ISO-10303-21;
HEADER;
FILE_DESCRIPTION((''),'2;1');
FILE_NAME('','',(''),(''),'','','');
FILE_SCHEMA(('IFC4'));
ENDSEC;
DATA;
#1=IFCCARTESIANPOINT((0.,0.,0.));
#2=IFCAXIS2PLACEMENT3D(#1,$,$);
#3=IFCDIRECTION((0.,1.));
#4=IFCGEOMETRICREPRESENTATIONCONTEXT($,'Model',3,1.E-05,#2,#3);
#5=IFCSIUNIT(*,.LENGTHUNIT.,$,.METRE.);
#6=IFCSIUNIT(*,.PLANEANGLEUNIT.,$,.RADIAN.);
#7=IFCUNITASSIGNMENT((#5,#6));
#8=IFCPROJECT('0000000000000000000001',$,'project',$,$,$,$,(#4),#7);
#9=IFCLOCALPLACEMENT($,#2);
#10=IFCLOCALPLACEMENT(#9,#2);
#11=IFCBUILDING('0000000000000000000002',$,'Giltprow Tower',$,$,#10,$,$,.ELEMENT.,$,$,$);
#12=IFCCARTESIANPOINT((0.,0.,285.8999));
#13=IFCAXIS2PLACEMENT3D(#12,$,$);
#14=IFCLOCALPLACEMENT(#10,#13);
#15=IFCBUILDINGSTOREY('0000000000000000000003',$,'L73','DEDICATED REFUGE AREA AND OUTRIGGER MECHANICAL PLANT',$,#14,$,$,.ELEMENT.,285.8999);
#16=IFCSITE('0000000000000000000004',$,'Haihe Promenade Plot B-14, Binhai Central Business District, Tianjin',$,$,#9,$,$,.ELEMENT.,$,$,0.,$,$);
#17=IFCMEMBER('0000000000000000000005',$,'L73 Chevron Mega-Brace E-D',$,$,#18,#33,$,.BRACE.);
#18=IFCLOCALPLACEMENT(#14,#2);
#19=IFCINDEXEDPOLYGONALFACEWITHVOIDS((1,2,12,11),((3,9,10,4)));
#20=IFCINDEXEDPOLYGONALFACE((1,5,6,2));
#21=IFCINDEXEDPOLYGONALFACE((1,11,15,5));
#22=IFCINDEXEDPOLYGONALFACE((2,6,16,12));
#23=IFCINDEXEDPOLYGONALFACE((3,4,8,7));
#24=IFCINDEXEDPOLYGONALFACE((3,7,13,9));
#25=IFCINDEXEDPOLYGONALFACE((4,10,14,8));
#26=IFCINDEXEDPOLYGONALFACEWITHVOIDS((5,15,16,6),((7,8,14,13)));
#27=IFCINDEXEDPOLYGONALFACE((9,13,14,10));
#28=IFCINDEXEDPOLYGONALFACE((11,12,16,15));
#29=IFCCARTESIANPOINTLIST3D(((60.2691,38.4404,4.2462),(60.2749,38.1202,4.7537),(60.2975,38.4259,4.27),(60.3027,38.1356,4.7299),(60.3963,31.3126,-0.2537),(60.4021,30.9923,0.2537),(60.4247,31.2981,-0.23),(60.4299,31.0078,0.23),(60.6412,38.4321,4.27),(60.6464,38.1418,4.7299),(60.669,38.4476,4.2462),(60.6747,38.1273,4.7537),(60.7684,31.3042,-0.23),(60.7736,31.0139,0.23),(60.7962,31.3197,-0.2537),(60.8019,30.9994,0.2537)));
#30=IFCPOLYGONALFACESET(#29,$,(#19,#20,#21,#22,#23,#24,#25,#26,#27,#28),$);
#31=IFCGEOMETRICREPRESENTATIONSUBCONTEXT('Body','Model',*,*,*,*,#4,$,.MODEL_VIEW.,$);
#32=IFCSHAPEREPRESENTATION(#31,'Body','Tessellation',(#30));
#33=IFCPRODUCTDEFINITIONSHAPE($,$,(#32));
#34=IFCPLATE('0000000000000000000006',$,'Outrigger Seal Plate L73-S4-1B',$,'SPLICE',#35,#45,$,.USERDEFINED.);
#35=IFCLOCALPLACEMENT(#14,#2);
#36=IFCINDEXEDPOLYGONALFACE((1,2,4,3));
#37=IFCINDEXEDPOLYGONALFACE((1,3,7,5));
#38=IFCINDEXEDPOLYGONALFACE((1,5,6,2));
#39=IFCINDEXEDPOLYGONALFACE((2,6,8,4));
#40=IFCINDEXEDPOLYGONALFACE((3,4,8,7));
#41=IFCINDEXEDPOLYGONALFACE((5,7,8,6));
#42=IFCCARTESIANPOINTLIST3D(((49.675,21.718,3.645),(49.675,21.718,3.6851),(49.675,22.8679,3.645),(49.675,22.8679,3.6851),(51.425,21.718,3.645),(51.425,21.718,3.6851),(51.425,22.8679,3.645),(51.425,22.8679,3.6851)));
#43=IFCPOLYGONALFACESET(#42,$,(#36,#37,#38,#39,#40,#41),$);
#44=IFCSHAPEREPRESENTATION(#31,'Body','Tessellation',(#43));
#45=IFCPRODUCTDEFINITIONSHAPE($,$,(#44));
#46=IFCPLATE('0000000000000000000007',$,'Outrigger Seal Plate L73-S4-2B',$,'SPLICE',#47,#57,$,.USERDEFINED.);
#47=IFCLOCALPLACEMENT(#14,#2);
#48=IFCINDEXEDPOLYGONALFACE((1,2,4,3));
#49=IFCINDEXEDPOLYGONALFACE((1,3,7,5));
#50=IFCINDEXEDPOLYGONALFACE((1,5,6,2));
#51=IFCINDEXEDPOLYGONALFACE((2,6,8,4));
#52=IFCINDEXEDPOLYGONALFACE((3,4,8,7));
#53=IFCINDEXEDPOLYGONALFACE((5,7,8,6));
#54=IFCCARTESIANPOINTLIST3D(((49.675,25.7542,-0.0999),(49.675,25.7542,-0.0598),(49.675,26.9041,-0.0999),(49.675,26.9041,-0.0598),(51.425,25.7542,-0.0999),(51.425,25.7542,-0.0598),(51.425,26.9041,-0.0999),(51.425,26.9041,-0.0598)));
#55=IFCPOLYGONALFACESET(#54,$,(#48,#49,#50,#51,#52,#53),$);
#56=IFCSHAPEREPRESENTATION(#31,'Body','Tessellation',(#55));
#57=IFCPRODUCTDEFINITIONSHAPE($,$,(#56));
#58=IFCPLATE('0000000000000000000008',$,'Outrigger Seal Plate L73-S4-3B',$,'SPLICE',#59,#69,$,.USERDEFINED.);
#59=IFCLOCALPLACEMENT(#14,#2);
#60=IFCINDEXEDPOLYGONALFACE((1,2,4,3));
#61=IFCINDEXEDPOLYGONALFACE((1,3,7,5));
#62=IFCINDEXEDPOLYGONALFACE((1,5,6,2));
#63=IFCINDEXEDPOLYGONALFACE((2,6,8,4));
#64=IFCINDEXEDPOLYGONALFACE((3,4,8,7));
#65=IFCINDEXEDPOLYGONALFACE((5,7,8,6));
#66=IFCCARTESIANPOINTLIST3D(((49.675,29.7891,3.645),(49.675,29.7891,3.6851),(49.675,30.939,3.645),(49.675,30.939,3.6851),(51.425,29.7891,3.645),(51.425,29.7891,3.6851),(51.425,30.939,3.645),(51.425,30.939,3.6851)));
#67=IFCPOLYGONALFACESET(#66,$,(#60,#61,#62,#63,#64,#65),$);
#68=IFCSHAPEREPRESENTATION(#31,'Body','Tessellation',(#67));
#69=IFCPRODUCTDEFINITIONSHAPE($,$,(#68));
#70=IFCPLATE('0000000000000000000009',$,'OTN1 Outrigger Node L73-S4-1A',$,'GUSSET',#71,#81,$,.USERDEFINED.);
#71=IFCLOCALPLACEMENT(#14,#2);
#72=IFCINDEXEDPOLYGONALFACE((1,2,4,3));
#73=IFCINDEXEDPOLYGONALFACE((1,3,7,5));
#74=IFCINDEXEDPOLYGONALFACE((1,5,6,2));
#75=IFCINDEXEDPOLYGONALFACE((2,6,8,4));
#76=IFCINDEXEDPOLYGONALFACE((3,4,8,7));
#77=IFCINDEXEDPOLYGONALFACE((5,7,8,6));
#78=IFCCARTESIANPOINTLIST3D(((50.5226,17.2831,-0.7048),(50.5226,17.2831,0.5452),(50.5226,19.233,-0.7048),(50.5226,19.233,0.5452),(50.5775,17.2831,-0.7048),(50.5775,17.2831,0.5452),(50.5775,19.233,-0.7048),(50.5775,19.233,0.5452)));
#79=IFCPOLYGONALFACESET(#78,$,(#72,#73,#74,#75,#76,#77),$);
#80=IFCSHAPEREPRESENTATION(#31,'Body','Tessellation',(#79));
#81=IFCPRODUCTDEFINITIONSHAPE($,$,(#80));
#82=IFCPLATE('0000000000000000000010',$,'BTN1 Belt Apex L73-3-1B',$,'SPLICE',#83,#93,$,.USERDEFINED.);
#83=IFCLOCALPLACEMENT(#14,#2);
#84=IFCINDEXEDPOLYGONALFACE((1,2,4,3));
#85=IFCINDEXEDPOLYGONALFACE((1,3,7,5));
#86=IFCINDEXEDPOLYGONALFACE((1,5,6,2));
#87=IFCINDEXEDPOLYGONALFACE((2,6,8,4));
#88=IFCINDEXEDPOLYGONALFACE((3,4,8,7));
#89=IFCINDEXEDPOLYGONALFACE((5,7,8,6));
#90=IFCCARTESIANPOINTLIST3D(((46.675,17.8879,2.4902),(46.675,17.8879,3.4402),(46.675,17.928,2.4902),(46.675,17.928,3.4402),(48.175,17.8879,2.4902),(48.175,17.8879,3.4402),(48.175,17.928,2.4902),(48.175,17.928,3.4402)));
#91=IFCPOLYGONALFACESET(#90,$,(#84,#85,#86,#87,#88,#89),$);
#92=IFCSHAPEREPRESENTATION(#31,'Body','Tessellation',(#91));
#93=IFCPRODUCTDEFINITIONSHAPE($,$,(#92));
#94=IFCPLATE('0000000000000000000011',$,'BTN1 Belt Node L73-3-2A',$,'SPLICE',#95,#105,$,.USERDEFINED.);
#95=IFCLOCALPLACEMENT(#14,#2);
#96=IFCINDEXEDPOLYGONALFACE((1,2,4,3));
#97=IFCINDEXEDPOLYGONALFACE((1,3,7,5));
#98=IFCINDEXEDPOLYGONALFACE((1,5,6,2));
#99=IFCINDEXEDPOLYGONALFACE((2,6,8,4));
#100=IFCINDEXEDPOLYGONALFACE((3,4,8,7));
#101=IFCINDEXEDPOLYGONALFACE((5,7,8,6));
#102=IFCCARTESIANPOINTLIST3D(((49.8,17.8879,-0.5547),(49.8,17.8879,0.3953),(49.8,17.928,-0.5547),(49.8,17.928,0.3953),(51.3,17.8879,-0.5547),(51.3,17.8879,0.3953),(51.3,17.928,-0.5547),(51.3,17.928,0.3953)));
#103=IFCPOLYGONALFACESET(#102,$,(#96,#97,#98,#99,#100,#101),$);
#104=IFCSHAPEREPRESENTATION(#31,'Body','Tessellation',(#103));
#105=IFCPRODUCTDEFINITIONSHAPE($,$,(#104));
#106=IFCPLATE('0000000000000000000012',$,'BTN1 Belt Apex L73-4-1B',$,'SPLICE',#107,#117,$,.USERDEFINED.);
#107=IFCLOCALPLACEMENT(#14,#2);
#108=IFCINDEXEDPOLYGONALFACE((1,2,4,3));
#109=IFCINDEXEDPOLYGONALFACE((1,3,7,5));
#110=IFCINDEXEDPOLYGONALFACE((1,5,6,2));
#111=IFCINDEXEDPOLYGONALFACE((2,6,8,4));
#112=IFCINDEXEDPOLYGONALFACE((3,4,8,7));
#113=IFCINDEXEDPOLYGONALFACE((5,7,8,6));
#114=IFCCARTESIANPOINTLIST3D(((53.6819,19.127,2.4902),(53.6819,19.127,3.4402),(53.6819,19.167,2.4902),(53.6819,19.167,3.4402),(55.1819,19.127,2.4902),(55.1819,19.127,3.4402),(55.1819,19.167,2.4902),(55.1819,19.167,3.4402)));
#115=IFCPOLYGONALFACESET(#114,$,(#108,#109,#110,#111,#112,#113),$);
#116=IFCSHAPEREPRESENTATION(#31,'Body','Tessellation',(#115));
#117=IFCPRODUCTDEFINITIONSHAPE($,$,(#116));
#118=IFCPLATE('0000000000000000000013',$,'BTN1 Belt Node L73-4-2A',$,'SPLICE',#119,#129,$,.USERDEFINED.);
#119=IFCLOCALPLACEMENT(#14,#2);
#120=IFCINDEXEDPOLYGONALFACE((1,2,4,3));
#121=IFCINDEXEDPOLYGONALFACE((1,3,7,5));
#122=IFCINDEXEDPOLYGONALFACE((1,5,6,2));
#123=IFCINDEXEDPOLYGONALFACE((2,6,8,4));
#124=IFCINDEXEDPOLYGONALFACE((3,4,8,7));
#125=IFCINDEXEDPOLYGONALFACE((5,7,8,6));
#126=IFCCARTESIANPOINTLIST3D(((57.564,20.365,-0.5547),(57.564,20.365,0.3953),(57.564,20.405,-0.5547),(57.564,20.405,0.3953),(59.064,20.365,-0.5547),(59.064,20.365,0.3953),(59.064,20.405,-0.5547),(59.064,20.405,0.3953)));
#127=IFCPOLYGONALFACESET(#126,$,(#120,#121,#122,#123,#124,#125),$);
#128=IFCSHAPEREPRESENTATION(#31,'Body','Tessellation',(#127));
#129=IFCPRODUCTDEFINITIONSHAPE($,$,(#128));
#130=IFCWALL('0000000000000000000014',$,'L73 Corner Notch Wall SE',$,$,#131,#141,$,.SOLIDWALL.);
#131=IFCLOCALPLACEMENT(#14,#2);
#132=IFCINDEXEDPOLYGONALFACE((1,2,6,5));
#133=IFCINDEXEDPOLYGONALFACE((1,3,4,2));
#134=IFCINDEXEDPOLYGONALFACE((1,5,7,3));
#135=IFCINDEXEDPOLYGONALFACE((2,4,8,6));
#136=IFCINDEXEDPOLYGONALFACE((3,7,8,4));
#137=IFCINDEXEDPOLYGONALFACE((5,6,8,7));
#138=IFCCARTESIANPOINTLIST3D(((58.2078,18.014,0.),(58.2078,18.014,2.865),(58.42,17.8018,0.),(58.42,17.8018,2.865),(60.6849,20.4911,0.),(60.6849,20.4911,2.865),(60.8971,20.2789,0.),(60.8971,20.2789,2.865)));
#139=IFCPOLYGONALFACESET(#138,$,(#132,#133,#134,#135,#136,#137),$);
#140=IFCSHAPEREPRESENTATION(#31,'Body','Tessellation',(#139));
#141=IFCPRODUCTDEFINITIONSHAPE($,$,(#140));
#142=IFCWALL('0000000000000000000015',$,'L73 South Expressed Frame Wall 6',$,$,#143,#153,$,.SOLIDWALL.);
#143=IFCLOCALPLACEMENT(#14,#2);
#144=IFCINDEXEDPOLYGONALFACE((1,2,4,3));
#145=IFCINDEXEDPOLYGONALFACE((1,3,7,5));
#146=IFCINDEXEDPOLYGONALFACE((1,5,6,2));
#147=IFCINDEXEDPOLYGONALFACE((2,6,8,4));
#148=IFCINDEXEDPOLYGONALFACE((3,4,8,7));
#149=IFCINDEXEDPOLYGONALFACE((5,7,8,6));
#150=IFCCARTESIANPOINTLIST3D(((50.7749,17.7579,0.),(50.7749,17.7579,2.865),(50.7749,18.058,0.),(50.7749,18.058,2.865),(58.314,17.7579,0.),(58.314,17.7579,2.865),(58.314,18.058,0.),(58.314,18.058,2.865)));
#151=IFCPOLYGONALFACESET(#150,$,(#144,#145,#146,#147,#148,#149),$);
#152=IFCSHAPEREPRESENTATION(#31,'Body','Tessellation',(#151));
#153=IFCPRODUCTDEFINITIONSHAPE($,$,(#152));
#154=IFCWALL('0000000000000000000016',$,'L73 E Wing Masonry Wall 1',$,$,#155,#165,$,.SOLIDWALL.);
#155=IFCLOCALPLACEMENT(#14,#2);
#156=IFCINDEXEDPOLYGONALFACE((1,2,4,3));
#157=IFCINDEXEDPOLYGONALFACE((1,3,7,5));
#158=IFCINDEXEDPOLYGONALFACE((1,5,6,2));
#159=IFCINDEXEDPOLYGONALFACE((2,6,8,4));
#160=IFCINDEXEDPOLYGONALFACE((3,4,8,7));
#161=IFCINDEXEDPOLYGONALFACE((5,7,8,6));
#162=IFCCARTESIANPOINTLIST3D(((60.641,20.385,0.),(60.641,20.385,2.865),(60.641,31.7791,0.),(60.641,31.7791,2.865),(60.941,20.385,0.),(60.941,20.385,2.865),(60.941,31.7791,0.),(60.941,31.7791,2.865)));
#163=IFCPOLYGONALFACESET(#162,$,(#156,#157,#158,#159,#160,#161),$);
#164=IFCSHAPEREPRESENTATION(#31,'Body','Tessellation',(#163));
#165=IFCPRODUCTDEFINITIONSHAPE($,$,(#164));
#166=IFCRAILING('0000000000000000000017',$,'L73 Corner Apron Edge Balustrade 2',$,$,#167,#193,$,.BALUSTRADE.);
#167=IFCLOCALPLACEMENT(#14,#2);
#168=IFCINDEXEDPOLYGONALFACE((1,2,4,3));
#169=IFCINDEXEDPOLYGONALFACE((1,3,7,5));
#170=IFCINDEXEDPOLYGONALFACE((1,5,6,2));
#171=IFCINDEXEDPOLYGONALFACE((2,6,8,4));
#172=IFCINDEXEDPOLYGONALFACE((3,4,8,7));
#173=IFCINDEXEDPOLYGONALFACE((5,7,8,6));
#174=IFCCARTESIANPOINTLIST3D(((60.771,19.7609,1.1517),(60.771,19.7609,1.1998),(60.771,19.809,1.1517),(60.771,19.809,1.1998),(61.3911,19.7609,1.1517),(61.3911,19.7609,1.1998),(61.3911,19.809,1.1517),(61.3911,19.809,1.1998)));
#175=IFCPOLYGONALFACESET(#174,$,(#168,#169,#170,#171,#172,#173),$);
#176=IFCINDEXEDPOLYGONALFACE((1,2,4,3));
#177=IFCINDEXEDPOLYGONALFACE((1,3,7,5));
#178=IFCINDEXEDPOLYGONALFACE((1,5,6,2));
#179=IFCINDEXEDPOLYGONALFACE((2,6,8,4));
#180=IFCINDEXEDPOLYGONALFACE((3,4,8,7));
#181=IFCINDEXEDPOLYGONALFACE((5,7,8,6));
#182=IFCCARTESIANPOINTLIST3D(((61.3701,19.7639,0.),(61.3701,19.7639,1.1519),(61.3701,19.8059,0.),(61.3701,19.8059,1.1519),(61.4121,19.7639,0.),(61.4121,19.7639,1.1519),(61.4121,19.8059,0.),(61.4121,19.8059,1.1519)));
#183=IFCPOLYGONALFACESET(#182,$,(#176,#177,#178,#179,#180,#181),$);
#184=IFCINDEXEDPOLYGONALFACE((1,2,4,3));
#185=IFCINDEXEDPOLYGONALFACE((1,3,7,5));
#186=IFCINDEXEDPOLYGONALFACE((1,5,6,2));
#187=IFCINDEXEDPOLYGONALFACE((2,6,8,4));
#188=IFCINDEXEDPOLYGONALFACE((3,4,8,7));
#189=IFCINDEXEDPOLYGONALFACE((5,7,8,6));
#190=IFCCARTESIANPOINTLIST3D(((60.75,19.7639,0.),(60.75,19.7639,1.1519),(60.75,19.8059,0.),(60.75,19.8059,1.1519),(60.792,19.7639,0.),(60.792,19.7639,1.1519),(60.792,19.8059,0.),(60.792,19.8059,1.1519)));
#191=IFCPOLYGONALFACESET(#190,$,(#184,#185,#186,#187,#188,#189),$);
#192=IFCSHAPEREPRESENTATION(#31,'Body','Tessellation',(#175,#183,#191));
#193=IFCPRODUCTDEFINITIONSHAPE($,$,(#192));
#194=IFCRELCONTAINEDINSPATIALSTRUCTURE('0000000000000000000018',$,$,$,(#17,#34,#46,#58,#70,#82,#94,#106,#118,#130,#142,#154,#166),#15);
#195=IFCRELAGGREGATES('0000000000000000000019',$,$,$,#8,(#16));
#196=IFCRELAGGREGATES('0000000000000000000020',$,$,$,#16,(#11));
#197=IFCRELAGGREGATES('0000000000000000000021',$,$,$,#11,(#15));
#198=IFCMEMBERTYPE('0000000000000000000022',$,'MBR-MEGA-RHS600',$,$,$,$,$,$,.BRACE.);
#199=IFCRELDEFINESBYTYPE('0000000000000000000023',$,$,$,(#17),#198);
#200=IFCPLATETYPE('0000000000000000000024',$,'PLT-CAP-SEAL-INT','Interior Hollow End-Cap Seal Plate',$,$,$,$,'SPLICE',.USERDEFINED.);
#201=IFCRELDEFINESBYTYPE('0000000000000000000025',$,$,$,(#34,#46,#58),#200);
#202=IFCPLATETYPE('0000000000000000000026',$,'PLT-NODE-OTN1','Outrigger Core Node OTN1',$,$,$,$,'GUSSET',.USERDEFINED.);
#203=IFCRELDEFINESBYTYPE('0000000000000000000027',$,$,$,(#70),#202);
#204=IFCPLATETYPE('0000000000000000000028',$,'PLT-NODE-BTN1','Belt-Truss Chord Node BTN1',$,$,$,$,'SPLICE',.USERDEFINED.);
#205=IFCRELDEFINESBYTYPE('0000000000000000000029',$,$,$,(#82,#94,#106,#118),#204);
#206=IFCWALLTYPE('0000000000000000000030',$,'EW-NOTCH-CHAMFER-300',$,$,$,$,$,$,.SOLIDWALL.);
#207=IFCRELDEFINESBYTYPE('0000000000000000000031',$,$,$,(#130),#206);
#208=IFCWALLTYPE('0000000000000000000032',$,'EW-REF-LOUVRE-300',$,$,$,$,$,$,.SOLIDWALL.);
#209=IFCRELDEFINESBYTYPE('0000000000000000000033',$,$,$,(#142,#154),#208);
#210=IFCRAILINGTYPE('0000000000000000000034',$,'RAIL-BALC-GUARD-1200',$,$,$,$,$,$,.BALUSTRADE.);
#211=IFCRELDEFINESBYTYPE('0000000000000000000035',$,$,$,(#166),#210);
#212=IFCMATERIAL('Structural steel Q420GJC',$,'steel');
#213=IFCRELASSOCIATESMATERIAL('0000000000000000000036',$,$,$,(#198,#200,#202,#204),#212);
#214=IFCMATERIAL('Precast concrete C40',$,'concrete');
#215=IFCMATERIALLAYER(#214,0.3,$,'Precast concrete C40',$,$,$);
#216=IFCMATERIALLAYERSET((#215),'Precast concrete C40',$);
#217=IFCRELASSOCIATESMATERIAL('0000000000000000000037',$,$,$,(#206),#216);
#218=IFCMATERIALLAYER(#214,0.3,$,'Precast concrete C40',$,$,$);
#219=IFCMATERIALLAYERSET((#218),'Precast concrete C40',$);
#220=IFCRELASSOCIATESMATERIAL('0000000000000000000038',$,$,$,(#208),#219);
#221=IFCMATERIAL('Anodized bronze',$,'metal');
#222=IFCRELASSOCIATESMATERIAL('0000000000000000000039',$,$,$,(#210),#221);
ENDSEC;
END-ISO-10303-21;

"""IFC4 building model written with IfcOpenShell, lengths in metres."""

from ifc_helpers import new_model, si_unit, direction, frame, frame_2d, origin, origin_2d, place, context, subcontext, project, spatial, rectangle, hollow_rectangle, extrude, source, transform, mapped, material, layer, layer_set, material_profile, profile_set, type_object, element, save


model = new_model("IFC4")

# Units and contexts
model_context = context("Model", 3, precision=1e-05, world=origin(), true_north=direction((0.0, 1.0)))
body_context = subcontext(model_context, "Body", "Model", "MODEL_VIEW")
ifc_project = project(units=[si_unit("LENGTHUNIT", "METRE"), si_unit("PLANEANGLEUNIT", "RADIAN")], contexts=[model_context])

# Site, building, storey
site_placement = place(None, origin())
site = spatial("IfcSite", under=ifc_project, at=site_placement, Name="Haihe Promenade Plot B-14, Binhai Central Business District, Tianjin", CompositionType="ELEMENT", RefElevation=0.0)
building_placement = place(site_placement, origin())
building = spatial("IfcBuilding", under=site, at=building_placement, Name="Giltprow Tower", CompositionType="ELEMENT")
storey_placement = place(building_placement, frame((0.0, 0.0, 285.8999)))
storey = spatial("IfcBuildingStorey", under=building, at=storey_placement, Name="L73", Description="DEDICATED REFUGE AREA AND OUTRIGGER MECHANICAL PLANT", CompositionType="ELEMENT", Elevation=285.8999)

# Shared definitions
ifc_material_1 = material(Name="Structural steel Q420GJC", Category="steel")

# Member
ifc_material_profile_1 = material_profile(ifc_material_1, hollow_rectangle(XDim=0.3999, YDim=0.6001, WallThickness=0.0281, at=origin_2d()), Name="RHS 600x400x28")
ifc_profile_set_1 = profile_set([ifc_material_profile_1], Name="Structural steel Q420GJC")
member_type_1 = type_object("IfcMemberType", Name="MBR-MEGA-RHS600", PredefinedType="BRACE", material=ifc_profile_set_1)
shared_shape_1 = source(origin(), body_context, "Body", "SweptSolid", [
    extrude(hollow_rectangle(XDim=0.3999, YDim=0.6001, WallThickness=0.0281, at=origin_2d()), origin(), (0.0, 0.0, 1.0), 8.4304),
])
member_1_placement = place(storey_placement, frame((60.5991, 31.156, 0.0), z_axis=(-0.015088, 0.845492, 0.533775), x_axis=(-0.999841, -0.017842, 0.0)))
element("IfcMember", 1, at=member_1_placement, inside=storey, type_object=member_type_1, Name="L73 Chevron Mega-Brace E-D", PredefinedType="BRACE", context=body_context, shape_type="MappedRepresentation", body=[
    mapped(shared_shape_1, transform((0.0, 0.0, 0.0), x_axis=(1.0, 0.0, 0.0), y_axis=(0.0, 1.0, 0.0), z_axis=(0.0, 0.0, 1.0), scale=1.0)),
])

# Plates
plate_type_1 = type_object("IfcPlateType", Name="PLT-CAP-SEAL-INT", Description="Interior Hollow End-Cap Seal Plate", ElementType="SPLICE", PredefinedType="USERDEFINED", material=ifc_material_1)
shared_shape_2 = source(origin(), body_context, "Body", "SweptSolid", [
    extrude(rectangle(XDim=1.75, YDim=1.1499, at=origin_2d()), origin(), (0.0, 0.0, 1.0), 0.04),
])
for number, where, z_axis, x_axis, name in (
    (2, (50.55, 22.293, 3.645), (0.0, 0.0, 1.0), (1.0, 0.0, 0.0), "Outrigger Seal Plate L73-S4-1B"),
    (3, (50.55, 26.3291, -0.0999), (0.0, 0.0, 1.0), (1.0, 0.0, 0.0), "Outrigger Seal Plate L73-S4-2B"),
    (4, (50.55, 30.364, 3.645), (0.0, 0.0, 1.0), (1.0, 0.0, 0.0), "Outrigger Seal Plate L73-S4-3B"),
):
    element("IfcPlate", number, at=place(storey_placement, frame(where, z_axis=z_axis, x_axis=x_axis)), inside=storey, type_object=plate_type_1, Name=name, ObjectType="SPLICE", PredefinedType="USERDEFINED", context=body_context, shape_type="MappedRepresentation", body=[
        mapped(shared_shape_2, transform((0.0, 0.0, 0.0), x_axis=(1.0, 0.0, 0.0), y_axis=(0.0, 1.0, 0.0), z_axis=(0.0, 0.0, 1.0), scale=1.0)),
    ])
plate_type_2 = type_object("IfcPlateType", Name="PLT-NODE-OTN1", Description="Outrigger Core Node OTN1", ElementType="GUSSET", PredefinedType="USERDEFINED", material=ifc_material_1)
shared_shape_3 = source(origin(), body_context, "Body", "SweptSolid", [
    extrude(rectangle(XDim=1.95, YDim=0.0549, at=origin_2d()), origin(), (0.0, 0.0, 1.0), 1.25),
])
plate_placement = place(storey_placement, frame((50.55, 18.2581, -0.7048), z_axis=(0.0, 0.0, 1.0), x_axis=(0.0, 1.0, 0.0)))
element("IfcPlate", 5, at=plate_placement, inside=storey, type_object=plate_type_2, Name="OTN1 Outrigger Node L73-S4-1A", ObjectType="GUSSET", PredefinedType="USERDEFINED", context=body_context, shape_type="MappedRepresentation", body=[
    mapped(shared_shape_3, transform((0.0, 0.0, 0.0), x_axis=(1.0, 0.0, 0.0), y_axis=(0.0, 1.0, 0.0), z_axis=(0.0, 0.0, 1.0), scale=1.0)),
])
plate_type_3 = type_object("IfcPlateType", Name="PLT-NODE-BTN1", Description="Belt-Truss Chord Node BTN1", ElementType="SPLICE", PredefinedType="USERDEFINED", material=ifc_material_1)
shared_shape_4 = source(origin(), body_context, "Body", "SweptSolid", [
    extrude(rectangle(XDim=1.5, YDim=0.04, at=origin_2d()), origin(), (0.0, 0.0, 1.0), 0.95),
])
for number, where, z_axis, x_axis, name in (
    (6, (47.425, 17.908, 2.4902), (0.0, 0.0, 1.0), (1.0, 0.0, 0.0), "BTN1 Belt Apex L73-3-1B"),
    (7, (50.55, 17.908, -0.5547), (0.0, 0.0, 1.0), (1.0, 0.0, 0.0), "BTN1 Belt Node L73-3-2A"),
    (8, (54.4319, 19.147, 2.4902), (0.0, 0.0, 1.0), (1.0, 0.0, 0.0), "BTN1 Belt Apex L73-4-1B"),
    (9, (58.314, 20.385, -0.5547), (0.0, 0.0, 1.0), (1.0, 0.0, 0.0), "BTN1 Belt Node L73-4-2A"),
):
    element("IfcPlate", number, at=place(storey_placement, frame(where, z_axis=z_axis, x_axis=x_axis)), inside=storey, type_object=plate_type_3, Name=name, ObjectType="SPLICE", PredefinedType="USERDEFINED", context=body_context, shape_type="MappedRepresentation", body=[
        mapped(shared_shape_4, transform((0.0, 0.0, 0.0), x_axis=(1.0, 0.0, 0.0), y_axis=(0.0, 1.0, 0.0), z_axis=(0.0, 0.0, 1.0), scale=1.0)),
    ])

# Walls
ifc_material_2 = material(Name="Precast concrete C40", Category="concrete")
ifc_layer_1 = layer(ifc_material_2, 0.3, Name="Precast concrete C40")
ifc_layer_set_1 = layer_set([ifc_layer_1], Name="Precast concrete C40")
wall_type_1 = type_object("IfcWallType", Name="EW-NOTCH-CHAMFER-300", PredefinedType="SOLIDWALL", material=ifc_layer_set_1)
wall_1_placement = place(storey_placement, frame((58.314, 17.908, 0.0), z_axis=(0.0, 0.0, 1.0), x_axis=(0.707107, 0.707107, 0.0)))
element("IfcWall", 10, at=wall_1_placement, inside=storey, type_object=wall_type_1, Name="L73 Corner Notch Wall SE", PredefinedType="SOLIDWALL", context=body_context, shape_type="SweptSolid", body=[
    extrude(rectangle(XDim=3.5032, YDim=0.3, at=frame_2d((1.7515, 0.0))), origin(), (0.0, 0.0, 1.0), 2.865),
])
ifc_layer_2 = layer(ifc_material_2, 0.3, Name="Precast concrete C40")
ifc_layer_set_2 = layer_set([ifc_layer_2], Name="Precast concrete C40")
wall_type_2 = type_object("IfcWallType", Name="EW-REF-LOUVRE-300", PredefinedType="SOLIDWALL", material=ifc_layer_set_2)
wall_2_placement = place(storey_placement, frame((50.7749, 17.908, 0.0), z_axis=(0.0, 0.0, 1.0), x_axis=(1.0, 0.0, 0.0)))
element("IfcWall", 11, at=wall_2_placement, inside=storey, type_object=wall_type_2, Name="L73 South Expressed Frame Wall 6", PredefinedType="SOLIDWALL", context=body_context, shape_type="SweptSolid", body=[
    extrude(rectangle(XDim=7.5391, YDim=0.3, at=frame_2d((3.7695, 0.0))), origin(), (0.0, 0.0, 1.0), 2.865),
])
wall_3_placement = place(storey_placement, frame((60.791, 20.385, 0.0), z_axis=(0.0, 0.0, 1.0), x_axis=(0.0, 1.0, 0.0)))
element("IfcWall", 12, at=wall_3_placement, inside=storey, type_object=wall_type_2, Name="L73 E Wing Masonry Wall 1", PredefinedType="SOLIDWALL", context=body_context, shape_type="SweptSolid", body=[
    extrude(rectangle(XDim=11.394, YDim=0.3, at=frame_2d((5.697, 0.0))), origin(), (0.0, 0.0, 1.0), 2.865),
])

# Railing
ifc_material_3 = material(Name="Anodized bronze", Category="metal")
railing_type = type_object("IfcRailingType", Name="RAIL-BALC-GUARD-1200", PredefinedType="BALUSTRADE", material=ifc_material_3)
railing_1_placement = place(storey_placement, frame((61.3911, 19.7849, 0.0)))
element("IfcRailing", 13, at=railing_1_placement, inside=storey, type_object=railing_type, Name="L73 Corner Apron Edge Balustrade 2", PredefinedType="BALUSTRADE", context=body_context, shape_type="SweptSolid", body=[
    extrude(rectangle(XDim=0.0481, YDim=0.0481, at=origin_2d()), frame((0.0, 0.0, 1.1758), z_axis=(-1.0, 0.0, 0.0), x_axis=(0.0, -1.0, 0.0)), (0.0, 0.0, 1.0), 0.6201),
    extrude(rectangle(XDim=0.042, YDim=0.042, at=origin_2d()), origin(), (0.0, 0.0, 1.0), 1.1519),
    extrude(rectangle(XDim=0.042, YDim=0.042, at=origin_2d()), frame((-0.6201, 0.0, 0.0)), (0.0, 0.0, 1.0), 1.1519),
])

save(model, "model.ifc")
